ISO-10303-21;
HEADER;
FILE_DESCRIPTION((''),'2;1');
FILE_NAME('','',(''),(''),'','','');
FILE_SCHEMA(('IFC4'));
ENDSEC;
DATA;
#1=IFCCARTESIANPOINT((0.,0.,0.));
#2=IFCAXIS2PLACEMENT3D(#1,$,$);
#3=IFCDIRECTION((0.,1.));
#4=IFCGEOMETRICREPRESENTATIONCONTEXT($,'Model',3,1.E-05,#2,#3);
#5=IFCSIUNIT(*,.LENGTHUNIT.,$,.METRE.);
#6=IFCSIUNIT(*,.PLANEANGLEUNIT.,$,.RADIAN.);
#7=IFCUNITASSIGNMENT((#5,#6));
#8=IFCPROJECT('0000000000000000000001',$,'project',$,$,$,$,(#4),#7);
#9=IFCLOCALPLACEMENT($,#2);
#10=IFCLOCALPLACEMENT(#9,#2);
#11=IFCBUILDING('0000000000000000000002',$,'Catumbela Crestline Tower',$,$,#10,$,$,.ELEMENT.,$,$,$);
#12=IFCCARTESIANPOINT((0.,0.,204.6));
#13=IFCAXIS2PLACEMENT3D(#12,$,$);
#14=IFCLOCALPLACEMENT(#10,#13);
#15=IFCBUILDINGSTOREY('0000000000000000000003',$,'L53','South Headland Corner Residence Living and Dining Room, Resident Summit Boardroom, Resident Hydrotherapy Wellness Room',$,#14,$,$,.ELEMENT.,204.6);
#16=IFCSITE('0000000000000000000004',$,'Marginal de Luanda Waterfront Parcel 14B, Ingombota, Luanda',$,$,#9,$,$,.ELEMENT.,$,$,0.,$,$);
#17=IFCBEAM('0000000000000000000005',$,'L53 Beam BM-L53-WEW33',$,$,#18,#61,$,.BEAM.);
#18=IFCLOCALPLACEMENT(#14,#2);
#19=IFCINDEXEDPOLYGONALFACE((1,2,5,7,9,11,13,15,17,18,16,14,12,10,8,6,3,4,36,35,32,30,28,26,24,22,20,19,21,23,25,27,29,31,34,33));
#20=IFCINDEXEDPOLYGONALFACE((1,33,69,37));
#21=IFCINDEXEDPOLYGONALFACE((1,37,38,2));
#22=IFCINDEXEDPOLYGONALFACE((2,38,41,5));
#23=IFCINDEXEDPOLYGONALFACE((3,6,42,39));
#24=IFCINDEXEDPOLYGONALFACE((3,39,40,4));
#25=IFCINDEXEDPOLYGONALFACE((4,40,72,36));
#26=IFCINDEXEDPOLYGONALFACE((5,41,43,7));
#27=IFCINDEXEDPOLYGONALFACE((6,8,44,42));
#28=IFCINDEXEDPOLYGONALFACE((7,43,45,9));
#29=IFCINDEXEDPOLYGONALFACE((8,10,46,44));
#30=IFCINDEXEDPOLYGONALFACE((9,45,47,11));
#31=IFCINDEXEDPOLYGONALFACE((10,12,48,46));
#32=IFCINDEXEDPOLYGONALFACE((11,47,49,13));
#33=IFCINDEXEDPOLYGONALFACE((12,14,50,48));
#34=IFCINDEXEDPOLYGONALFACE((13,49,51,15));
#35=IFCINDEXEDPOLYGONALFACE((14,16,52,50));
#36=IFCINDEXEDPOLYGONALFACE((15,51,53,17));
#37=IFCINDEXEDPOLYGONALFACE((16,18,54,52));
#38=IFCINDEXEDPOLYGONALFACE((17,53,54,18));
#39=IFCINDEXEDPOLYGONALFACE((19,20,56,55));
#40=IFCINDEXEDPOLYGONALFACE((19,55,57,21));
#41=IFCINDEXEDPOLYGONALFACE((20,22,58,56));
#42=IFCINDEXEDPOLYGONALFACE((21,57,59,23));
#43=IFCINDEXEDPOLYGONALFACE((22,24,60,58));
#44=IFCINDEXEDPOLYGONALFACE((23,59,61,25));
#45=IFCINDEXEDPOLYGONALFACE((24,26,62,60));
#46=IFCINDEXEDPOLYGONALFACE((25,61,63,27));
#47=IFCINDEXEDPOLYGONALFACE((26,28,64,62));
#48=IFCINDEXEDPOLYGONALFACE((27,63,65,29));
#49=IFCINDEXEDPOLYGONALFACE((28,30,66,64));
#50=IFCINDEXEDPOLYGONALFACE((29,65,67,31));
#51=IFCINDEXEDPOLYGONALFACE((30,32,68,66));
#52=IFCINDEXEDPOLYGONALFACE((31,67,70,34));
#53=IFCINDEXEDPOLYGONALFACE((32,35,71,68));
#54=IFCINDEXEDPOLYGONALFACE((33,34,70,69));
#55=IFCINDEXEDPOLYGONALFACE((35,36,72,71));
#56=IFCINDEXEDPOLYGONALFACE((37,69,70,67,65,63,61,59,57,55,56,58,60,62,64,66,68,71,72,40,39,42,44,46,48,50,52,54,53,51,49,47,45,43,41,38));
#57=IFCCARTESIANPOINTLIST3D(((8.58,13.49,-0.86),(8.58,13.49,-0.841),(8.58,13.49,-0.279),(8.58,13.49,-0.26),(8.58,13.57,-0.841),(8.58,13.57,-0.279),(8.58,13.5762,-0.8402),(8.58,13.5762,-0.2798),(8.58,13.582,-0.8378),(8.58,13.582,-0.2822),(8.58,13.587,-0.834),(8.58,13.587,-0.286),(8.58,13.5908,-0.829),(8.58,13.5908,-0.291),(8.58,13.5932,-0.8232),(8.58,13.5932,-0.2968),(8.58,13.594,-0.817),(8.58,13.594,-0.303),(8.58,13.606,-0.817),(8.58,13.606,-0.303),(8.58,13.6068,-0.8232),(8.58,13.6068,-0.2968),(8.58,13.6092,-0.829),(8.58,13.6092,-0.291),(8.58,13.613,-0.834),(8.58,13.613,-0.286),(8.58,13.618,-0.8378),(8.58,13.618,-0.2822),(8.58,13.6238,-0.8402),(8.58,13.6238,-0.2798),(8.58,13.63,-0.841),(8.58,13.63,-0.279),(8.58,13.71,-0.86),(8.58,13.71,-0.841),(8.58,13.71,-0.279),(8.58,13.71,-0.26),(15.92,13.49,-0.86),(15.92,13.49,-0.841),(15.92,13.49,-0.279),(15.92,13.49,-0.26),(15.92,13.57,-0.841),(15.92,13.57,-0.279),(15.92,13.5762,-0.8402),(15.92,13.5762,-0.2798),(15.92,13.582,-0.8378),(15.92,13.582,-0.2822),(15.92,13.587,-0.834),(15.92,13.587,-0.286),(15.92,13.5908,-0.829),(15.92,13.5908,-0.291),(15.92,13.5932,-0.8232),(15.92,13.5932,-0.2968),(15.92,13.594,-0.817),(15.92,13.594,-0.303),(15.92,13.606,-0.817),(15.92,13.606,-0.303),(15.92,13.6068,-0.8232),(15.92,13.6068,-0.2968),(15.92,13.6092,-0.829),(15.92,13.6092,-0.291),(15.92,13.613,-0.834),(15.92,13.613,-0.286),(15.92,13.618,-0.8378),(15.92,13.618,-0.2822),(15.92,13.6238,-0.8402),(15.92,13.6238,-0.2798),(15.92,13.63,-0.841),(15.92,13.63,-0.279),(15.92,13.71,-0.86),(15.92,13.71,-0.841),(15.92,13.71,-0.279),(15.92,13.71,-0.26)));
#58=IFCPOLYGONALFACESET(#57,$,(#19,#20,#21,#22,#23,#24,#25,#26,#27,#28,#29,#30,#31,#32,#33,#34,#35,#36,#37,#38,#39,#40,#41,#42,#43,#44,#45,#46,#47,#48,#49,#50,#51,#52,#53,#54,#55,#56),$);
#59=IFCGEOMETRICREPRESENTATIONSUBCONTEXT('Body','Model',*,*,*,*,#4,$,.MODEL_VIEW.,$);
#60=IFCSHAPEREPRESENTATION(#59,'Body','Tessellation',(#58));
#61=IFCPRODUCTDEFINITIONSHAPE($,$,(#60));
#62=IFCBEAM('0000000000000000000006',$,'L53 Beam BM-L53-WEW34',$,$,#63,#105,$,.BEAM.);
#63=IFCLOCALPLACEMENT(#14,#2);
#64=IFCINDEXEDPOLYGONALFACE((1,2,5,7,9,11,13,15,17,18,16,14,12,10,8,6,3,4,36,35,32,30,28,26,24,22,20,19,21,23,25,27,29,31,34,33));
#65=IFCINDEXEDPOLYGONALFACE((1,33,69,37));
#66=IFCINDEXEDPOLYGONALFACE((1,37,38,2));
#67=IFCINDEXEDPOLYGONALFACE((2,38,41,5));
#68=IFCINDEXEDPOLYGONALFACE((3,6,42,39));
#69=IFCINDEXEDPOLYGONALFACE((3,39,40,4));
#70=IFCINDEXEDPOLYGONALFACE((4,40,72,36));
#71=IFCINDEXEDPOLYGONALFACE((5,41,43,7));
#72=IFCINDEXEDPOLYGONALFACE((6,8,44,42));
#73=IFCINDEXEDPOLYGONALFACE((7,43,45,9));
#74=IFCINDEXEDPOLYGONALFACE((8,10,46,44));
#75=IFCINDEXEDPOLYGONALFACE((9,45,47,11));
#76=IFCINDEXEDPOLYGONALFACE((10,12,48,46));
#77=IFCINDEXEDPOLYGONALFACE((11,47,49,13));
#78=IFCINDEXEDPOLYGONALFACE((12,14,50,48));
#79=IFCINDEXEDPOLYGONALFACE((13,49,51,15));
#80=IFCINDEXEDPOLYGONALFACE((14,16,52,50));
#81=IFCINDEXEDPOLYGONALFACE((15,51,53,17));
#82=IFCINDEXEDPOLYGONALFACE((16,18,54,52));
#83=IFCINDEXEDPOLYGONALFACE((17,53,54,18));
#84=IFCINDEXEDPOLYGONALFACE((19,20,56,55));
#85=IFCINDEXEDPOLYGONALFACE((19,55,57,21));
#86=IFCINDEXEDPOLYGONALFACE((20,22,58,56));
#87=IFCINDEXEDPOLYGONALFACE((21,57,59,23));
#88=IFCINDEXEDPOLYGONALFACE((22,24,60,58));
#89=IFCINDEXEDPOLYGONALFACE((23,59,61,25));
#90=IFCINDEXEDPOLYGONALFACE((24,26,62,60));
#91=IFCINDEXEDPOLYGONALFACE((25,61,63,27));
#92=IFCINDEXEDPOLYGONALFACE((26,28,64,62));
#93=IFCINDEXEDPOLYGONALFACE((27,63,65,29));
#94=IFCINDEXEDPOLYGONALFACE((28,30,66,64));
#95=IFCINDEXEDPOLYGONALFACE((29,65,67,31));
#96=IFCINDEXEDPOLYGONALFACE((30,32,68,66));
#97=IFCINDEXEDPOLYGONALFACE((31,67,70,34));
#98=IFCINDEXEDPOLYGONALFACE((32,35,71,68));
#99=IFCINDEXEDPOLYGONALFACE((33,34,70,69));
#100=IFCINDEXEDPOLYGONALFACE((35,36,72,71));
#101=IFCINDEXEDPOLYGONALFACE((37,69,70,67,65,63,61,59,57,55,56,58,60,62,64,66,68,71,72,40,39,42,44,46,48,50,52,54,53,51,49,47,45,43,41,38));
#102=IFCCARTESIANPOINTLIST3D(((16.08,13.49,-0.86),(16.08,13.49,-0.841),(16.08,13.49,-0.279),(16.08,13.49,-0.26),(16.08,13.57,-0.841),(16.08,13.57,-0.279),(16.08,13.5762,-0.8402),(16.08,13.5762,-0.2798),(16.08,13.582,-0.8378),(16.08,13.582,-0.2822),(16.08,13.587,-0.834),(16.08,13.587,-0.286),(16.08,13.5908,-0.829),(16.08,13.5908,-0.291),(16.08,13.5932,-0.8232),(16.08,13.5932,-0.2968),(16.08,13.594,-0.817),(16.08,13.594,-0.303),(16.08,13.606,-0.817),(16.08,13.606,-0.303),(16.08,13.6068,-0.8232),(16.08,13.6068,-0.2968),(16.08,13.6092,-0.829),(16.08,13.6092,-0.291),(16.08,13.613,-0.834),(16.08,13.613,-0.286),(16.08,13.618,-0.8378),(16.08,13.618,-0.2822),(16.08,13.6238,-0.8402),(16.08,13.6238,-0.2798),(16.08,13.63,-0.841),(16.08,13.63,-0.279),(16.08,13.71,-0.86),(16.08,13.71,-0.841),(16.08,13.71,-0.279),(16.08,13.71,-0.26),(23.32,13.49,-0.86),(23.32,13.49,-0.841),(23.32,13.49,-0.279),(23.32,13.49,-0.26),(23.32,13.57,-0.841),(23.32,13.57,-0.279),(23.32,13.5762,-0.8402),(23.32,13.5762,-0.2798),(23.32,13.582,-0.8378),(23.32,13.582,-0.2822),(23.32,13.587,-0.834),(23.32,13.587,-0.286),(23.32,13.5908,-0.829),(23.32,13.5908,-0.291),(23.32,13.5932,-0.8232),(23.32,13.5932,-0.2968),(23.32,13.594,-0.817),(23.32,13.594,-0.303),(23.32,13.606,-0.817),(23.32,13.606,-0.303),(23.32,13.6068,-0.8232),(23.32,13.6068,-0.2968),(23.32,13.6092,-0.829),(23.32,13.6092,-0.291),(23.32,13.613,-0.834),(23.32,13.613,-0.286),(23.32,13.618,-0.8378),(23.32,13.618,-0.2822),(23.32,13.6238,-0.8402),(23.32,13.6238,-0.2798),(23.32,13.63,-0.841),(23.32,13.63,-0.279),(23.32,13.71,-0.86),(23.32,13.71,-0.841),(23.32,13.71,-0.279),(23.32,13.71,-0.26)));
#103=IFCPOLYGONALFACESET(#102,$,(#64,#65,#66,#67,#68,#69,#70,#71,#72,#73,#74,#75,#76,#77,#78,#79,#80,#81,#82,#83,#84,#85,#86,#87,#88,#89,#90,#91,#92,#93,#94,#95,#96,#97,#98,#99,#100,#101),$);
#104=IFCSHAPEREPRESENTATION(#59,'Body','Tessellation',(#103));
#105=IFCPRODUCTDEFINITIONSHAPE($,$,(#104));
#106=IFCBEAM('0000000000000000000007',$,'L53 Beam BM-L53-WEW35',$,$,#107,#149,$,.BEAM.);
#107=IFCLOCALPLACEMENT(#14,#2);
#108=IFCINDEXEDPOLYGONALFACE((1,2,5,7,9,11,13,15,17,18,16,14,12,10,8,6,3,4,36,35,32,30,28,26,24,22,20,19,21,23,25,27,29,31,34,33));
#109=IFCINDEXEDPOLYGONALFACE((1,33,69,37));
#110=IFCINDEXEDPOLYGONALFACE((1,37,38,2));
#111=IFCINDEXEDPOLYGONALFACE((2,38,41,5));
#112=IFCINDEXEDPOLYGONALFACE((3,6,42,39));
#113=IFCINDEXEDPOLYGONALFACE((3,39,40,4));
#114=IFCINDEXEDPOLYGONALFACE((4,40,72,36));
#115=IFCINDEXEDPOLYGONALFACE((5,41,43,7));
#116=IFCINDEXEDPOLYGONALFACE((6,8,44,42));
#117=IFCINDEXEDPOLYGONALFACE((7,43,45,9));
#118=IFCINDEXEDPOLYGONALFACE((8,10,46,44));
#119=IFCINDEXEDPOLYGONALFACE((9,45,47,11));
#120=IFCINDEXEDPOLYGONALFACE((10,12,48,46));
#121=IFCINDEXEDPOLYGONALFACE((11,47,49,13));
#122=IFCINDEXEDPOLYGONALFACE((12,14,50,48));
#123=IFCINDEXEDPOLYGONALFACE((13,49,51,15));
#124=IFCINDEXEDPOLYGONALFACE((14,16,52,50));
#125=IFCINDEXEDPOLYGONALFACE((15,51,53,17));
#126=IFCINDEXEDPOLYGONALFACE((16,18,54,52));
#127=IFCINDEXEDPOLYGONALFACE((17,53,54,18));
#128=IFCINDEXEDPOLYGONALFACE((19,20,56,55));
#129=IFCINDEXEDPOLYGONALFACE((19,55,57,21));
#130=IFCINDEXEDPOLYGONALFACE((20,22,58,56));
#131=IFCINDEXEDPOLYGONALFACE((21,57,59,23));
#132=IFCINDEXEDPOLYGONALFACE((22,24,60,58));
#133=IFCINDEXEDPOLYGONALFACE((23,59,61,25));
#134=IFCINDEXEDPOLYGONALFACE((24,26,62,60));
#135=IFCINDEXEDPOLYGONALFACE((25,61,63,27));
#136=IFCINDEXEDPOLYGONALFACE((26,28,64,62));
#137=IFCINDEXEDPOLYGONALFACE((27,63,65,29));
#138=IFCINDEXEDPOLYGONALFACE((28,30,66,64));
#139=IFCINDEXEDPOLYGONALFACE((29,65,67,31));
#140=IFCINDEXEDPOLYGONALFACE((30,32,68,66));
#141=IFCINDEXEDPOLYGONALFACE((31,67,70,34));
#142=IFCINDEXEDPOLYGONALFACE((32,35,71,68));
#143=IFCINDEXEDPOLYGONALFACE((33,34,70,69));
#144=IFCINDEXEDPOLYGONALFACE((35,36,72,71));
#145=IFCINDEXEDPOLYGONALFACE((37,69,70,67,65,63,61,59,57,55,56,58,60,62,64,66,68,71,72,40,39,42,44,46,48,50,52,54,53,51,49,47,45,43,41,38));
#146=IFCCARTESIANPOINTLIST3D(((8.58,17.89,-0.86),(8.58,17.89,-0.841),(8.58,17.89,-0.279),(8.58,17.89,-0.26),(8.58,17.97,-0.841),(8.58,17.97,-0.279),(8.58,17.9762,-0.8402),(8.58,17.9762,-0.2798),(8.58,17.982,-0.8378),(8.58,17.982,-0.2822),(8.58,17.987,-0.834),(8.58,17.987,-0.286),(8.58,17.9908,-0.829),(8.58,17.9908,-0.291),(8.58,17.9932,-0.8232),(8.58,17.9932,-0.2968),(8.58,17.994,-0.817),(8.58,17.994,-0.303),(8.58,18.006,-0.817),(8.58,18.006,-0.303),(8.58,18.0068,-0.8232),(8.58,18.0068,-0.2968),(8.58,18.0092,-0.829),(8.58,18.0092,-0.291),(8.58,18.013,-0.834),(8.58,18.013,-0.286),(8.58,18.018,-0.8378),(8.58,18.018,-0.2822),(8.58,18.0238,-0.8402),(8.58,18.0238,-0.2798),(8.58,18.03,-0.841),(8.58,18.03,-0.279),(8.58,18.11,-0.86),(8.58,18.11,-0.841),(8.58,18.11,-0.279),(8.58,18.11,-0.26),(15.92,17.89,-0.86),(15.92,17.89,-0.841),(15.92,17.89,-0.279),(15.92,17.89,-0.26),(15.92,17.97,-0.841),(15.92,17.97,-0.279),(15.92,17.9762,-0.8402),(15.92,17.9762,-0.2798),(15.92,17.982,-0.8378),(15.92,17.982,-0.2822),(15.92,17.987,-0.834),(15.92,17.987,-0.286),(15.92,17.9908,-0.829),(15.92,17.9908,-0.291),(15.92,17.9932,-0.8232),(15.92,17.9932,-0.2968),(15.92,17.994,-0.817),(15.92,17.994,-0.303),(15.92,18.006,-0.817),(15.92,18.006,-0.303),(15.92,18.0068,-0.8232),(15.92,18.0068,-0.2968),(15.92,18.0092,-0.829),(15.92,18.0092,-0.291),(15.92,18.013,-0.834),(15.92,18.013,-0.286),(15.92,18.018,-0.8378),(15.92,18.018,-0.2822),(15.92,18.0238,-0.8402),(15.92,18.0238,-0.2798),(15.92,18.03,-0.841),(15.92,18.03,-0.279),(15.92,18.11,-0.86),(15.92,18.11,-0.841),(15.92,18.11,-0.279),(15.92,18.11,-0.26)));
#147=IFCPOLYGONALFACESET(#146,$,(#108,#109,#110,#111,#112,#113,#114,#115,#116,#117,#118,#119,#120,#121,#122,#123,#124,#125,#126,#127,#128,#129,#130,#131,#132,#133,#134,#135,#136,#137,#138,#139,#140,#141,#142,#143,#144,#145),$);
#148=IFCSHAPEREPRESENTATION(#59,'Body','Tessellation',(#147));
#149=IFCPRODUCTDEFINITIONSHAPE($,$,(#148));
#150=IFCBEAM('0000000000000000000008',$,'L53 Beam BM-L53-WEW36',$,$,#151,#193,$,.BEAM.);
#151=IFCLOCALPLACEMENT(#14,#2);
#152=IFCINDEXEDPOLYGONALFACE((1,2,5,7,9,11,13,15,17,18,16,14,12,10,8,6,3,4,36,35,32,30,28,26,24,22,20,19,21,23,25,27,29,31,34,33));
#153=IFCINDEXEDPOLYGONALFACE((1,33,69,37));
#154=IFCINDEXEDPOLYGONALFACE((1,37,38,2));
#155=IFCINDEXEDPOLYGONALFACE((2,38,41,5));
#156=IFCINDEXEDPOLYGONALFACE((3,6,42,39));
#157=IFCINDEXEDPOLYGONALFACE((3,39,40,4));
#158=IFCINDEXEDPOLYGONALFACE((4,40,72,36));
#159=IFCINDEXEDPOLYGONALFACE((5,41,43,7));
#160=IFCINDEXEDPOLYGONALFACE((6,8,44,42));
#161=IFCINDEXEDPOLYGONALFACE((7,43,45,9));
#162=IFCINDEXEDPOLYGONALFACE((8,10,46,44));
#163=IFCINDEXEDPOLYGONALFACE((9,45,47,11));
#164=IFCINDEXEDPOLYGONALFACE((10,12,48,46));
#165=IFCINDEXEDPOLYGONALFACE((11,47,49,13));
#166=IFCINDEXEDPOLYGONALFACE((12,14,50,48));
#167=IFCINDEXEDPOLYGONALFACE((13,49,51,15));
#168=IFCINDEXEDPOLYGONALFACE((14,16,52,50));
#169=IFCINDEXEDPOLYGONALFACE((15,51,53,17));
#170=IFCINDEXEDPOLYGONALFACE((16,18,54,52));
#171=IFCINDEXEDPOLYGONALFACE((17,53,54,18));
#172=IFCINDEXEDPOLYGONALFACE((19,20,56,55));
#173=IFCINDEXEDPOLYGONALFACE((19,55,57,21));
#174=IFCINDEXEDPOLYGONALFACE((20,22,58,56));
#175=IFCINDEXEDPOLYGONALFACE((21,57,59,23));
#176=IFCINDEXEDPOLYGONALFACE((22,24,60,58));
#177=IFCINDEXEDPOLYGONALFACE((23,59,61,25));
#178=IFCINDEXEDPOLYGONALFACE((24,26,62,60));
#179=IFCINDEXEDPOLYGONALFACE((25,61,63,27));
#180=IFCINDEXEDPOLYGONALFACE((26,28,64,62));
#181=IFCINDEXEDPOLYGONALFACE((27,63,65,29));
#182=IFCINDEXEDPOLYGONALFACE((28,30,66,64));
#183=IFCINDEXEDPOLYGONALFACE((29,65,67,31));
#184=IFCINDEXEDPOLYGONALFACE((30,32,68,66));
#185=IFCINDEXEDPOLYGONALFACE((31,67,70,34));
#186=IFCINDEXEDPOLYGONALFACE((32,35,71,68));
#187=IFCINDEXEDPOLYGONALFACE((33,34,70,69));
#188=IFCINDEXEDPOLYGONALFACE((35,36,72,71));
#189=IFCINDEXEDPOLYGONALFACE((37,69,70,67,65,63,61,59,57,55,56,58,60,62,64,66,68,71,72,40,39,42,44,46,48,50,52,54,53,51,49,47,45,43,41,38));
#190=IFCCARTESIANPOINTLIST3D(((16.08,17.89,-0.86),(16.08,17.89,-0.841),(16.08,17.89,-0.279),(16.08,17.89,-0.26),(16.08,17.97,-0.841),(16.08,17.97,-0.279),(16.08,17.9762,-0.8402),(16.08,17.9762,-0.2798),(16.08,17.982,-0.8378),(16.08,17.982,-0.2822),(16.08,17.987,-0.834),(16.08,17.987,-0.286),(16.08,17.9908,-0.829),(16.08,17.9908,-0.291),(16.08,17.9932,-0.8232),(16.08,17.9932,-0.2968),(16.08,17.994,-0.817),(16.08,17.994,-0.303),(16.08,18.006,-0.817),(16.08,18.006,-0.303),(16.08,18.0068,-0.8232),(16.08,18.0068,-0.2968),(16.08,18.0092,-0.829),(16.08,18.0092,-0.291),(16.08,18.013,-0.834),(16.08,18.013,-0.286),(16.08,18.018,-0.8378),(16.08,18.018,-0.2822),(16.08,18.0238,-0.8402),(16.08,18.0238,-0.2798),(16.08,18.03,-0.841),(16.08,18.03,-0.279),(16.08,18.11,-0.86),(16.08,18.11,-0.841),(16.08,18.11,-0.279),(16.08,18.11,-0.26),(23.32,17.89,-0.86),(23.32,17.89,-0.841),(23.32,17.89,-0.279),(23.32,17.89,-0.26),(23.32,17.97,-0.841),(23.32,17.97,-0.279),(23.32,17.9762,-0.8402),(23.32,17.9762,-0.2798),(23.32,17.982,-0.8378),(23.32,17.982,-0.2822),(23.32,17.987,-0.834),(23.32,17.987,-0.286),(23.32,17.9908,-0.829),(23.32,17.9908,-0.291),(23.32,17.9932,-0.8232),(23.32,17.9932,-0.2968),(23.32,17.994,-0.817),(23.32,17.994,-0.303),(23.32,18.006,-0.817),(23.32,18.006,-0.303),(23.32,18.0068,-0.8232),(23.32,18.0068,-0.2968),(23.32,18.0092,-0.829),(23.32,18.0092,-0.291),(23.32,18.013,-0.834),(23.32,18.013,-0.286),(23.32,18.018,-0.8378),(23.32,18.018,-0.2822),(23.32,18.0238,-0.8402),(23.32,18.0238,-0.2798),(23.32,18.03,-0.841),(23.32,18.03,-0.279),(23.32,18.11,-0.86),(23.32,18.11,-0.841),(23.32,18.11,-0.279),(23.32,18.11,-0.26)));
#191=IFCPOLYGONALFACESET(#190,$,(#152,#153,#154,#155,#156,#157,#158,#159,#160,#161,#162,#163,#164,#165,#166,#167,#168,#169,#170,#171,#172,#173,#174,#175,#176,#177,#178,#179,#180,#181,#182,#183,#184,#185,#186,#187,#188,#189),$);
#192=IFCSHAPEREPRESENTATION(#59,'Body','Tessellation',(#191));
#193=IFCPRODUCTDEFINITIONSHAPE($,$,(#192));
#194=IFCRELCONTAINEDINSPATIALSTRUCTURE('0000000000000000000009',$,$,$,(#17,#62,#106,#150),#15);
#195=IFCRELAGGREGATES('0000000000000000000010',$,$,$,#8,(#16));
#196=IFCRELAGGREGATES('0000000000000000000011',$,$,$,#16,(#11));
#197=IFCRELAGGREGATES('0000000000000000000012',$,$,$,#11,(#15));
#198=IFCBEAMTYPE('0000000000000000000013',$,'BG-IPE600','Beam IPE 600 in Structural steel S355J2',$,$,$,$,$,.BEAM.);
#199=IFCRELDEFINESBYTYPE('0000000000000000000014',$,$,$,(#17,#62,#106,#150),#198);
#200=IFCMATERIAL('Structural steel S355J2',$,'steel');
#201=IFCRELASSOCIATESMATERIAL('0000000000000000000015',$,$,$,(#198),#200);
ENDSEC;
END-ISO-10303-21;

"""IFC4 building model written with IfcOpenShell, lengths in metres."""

from ifc_helpers import new_model, si_unit, direction, frame, origin, origin_2d, place, context, subcontext, project, spatial, i_section, extrude, material, material_profile, profile_set, type_object, element, save


model = new_model("IFC4")

# Units and contexts
model_context = context("Model", 3, precision=1e-05, world=origin(), true_north=direction((0.0, 1.0)))
body_context = subcontext(model_context, "Body", "Model", "MODEL_VIEW")
ifc_project = project(units=[si_unit("LENGTHUNIT", "METRE"), si_unit("PLANEANGLEUNIT", "RADIAN")], contexts=[model_context])

# Site, building, storey
site_placement = place(None, origin())
site = spatial("IfcSite", under=ifc_project, at=site_placement, Name="Marginal de Luanda Waterfront Parcel 14B, Ingombota, Luanda", CompositionType="ELEMENT", RefElevation=0.0)
building_placement = place(site_placement, origin())
building = spatial("IfcBuilding", under=site, at=building_placement, Name="Catumbela Crestline Tower", CompositionType="ELEMENT")
storey_placement = place(building_placement, frame((0.0, 0.0, 204.6)))
storey = spatial("IfcBuildingStorey", under=building, at=storey_placement, Name="L53", Description="South Headland Corner Residence Living and Dining Room, Resident Summit Boardroom, Resident Hydrotherapy Wellness Room", CompositionType="ELEMENT", Elevation=204.6)

# Shared definitions
ifc_material_1 = material(Name="Structural steel S355J2", Category="steel")

# Beams
ifc_material_profile_1 = material_profile(ifc_material_1, i_section(OverallWidth=0.22, OverallDepth=0.6, WebThickness=0.012, FlangeThickness=0.019, FilletRadius=0.024, at=origin_2d()), Name="IPE 600")
ifc_profile_set_1 = profile_set([ifc_material_profile_1], Name="Structural steel S355J2")
beam_type_1 = type_object("IfcBeamType", Name="BG-IPE600", Description="Beam IPE 600 in Structural steel S355J2", PredefinedType="BEAM", material=ifc_profile_set_1)
beam_1_placement = place(storey_placement, frame((8.58, 13.6, -0.56), z_axis=(1.0, 0.0, 0.0), x_axis=(0.0, 1.0, 0.0)))
element("IfcBeam", 1, at=beam_1_placement, inside=storey, type_object=beam_type_1, Name="L53 Beam BM-L53-WEW33", PredefinedType="BEAM", context=body_context, shape_type="SweptSolid", body=[
    extrude(i_section(OverallWidth=0.22, OverallDepth=0.6, WebThickness=0.012, FlangeThickness=0.019, FilletRadius=0.024, at=origin_2d()), origin(), (0.0, 0.0, 1.0), 7.34),
])
beam_2_placement = place(storey_placement, frame((16.08, 13.6, -0.56), z_axis=(1.0, 0.0, 0.0), x_axis=(0.0, 1.0, 0.0)))
element("IfcBeam", 2, at=beam_2_placement, inside=storey, type_object=beam_type_1, Name="L53 Beam BM-L53-WEW34", PredefinedType="BEAM", context=body_context, shape_type="SweptSolid", body=[
    extrude(i_section(OverallWidth=0.22, OverallDepth=0.6, WebThickness=0.012, FlangeThickness=0.019, FilletRadius=0.024, at=origin_2d()), origin(), (0.0, 0.0, 1.0), 7.24),
])
beam_3_placement = place(storey_placement, frame((8.58, 18.0, -0.56), z_axis=(1.0, 0.0, 0.0), x_axis=(0.0, 1.0, 0.0)))
element("IfcBeam", 3, at=beam_3_placement, inside=storey, type_object=beam_type_1, Name="L53 Beam BM-L53-WEW35", PredefinedType="BEAM", context=body_context, shape_type="SweptSolid", body=[
    extrude(i_section(OverallWidth=0.22, OverallDepth=0.6, WebThickness=0.012, FlangeThickness=0.019, FilletRadius=0.024, at=origin_2d()), origin(), (0.0, 0.0, 1.0), 7.34),
])
beam_4_placement = place(storey_placement, frame((16.08, 18.0, -0.56), z_axis=(1.0, 0.0, 0.0), x_axis=(0.0, 1.0, 0.0)))
element("IfcBeam", 4, at=beam_4_placement, inside=storey, type_object=beam_type_1, Name="L53 Beam BM-L53-WEW36", PredefinedType="BEAM", context=body_context, shape_type="SweptSolid", body=[
    extrude(i_section(OverallWidth=0.22, OverallDepth=0.6, WebThickness=0.012, FlangeThickness=0.019, FilletRadius=0.024, at=origin_2d()), origin(), (0.0, 0.0, 1.0), 7.24),
])

save(model, "model.ifc")
